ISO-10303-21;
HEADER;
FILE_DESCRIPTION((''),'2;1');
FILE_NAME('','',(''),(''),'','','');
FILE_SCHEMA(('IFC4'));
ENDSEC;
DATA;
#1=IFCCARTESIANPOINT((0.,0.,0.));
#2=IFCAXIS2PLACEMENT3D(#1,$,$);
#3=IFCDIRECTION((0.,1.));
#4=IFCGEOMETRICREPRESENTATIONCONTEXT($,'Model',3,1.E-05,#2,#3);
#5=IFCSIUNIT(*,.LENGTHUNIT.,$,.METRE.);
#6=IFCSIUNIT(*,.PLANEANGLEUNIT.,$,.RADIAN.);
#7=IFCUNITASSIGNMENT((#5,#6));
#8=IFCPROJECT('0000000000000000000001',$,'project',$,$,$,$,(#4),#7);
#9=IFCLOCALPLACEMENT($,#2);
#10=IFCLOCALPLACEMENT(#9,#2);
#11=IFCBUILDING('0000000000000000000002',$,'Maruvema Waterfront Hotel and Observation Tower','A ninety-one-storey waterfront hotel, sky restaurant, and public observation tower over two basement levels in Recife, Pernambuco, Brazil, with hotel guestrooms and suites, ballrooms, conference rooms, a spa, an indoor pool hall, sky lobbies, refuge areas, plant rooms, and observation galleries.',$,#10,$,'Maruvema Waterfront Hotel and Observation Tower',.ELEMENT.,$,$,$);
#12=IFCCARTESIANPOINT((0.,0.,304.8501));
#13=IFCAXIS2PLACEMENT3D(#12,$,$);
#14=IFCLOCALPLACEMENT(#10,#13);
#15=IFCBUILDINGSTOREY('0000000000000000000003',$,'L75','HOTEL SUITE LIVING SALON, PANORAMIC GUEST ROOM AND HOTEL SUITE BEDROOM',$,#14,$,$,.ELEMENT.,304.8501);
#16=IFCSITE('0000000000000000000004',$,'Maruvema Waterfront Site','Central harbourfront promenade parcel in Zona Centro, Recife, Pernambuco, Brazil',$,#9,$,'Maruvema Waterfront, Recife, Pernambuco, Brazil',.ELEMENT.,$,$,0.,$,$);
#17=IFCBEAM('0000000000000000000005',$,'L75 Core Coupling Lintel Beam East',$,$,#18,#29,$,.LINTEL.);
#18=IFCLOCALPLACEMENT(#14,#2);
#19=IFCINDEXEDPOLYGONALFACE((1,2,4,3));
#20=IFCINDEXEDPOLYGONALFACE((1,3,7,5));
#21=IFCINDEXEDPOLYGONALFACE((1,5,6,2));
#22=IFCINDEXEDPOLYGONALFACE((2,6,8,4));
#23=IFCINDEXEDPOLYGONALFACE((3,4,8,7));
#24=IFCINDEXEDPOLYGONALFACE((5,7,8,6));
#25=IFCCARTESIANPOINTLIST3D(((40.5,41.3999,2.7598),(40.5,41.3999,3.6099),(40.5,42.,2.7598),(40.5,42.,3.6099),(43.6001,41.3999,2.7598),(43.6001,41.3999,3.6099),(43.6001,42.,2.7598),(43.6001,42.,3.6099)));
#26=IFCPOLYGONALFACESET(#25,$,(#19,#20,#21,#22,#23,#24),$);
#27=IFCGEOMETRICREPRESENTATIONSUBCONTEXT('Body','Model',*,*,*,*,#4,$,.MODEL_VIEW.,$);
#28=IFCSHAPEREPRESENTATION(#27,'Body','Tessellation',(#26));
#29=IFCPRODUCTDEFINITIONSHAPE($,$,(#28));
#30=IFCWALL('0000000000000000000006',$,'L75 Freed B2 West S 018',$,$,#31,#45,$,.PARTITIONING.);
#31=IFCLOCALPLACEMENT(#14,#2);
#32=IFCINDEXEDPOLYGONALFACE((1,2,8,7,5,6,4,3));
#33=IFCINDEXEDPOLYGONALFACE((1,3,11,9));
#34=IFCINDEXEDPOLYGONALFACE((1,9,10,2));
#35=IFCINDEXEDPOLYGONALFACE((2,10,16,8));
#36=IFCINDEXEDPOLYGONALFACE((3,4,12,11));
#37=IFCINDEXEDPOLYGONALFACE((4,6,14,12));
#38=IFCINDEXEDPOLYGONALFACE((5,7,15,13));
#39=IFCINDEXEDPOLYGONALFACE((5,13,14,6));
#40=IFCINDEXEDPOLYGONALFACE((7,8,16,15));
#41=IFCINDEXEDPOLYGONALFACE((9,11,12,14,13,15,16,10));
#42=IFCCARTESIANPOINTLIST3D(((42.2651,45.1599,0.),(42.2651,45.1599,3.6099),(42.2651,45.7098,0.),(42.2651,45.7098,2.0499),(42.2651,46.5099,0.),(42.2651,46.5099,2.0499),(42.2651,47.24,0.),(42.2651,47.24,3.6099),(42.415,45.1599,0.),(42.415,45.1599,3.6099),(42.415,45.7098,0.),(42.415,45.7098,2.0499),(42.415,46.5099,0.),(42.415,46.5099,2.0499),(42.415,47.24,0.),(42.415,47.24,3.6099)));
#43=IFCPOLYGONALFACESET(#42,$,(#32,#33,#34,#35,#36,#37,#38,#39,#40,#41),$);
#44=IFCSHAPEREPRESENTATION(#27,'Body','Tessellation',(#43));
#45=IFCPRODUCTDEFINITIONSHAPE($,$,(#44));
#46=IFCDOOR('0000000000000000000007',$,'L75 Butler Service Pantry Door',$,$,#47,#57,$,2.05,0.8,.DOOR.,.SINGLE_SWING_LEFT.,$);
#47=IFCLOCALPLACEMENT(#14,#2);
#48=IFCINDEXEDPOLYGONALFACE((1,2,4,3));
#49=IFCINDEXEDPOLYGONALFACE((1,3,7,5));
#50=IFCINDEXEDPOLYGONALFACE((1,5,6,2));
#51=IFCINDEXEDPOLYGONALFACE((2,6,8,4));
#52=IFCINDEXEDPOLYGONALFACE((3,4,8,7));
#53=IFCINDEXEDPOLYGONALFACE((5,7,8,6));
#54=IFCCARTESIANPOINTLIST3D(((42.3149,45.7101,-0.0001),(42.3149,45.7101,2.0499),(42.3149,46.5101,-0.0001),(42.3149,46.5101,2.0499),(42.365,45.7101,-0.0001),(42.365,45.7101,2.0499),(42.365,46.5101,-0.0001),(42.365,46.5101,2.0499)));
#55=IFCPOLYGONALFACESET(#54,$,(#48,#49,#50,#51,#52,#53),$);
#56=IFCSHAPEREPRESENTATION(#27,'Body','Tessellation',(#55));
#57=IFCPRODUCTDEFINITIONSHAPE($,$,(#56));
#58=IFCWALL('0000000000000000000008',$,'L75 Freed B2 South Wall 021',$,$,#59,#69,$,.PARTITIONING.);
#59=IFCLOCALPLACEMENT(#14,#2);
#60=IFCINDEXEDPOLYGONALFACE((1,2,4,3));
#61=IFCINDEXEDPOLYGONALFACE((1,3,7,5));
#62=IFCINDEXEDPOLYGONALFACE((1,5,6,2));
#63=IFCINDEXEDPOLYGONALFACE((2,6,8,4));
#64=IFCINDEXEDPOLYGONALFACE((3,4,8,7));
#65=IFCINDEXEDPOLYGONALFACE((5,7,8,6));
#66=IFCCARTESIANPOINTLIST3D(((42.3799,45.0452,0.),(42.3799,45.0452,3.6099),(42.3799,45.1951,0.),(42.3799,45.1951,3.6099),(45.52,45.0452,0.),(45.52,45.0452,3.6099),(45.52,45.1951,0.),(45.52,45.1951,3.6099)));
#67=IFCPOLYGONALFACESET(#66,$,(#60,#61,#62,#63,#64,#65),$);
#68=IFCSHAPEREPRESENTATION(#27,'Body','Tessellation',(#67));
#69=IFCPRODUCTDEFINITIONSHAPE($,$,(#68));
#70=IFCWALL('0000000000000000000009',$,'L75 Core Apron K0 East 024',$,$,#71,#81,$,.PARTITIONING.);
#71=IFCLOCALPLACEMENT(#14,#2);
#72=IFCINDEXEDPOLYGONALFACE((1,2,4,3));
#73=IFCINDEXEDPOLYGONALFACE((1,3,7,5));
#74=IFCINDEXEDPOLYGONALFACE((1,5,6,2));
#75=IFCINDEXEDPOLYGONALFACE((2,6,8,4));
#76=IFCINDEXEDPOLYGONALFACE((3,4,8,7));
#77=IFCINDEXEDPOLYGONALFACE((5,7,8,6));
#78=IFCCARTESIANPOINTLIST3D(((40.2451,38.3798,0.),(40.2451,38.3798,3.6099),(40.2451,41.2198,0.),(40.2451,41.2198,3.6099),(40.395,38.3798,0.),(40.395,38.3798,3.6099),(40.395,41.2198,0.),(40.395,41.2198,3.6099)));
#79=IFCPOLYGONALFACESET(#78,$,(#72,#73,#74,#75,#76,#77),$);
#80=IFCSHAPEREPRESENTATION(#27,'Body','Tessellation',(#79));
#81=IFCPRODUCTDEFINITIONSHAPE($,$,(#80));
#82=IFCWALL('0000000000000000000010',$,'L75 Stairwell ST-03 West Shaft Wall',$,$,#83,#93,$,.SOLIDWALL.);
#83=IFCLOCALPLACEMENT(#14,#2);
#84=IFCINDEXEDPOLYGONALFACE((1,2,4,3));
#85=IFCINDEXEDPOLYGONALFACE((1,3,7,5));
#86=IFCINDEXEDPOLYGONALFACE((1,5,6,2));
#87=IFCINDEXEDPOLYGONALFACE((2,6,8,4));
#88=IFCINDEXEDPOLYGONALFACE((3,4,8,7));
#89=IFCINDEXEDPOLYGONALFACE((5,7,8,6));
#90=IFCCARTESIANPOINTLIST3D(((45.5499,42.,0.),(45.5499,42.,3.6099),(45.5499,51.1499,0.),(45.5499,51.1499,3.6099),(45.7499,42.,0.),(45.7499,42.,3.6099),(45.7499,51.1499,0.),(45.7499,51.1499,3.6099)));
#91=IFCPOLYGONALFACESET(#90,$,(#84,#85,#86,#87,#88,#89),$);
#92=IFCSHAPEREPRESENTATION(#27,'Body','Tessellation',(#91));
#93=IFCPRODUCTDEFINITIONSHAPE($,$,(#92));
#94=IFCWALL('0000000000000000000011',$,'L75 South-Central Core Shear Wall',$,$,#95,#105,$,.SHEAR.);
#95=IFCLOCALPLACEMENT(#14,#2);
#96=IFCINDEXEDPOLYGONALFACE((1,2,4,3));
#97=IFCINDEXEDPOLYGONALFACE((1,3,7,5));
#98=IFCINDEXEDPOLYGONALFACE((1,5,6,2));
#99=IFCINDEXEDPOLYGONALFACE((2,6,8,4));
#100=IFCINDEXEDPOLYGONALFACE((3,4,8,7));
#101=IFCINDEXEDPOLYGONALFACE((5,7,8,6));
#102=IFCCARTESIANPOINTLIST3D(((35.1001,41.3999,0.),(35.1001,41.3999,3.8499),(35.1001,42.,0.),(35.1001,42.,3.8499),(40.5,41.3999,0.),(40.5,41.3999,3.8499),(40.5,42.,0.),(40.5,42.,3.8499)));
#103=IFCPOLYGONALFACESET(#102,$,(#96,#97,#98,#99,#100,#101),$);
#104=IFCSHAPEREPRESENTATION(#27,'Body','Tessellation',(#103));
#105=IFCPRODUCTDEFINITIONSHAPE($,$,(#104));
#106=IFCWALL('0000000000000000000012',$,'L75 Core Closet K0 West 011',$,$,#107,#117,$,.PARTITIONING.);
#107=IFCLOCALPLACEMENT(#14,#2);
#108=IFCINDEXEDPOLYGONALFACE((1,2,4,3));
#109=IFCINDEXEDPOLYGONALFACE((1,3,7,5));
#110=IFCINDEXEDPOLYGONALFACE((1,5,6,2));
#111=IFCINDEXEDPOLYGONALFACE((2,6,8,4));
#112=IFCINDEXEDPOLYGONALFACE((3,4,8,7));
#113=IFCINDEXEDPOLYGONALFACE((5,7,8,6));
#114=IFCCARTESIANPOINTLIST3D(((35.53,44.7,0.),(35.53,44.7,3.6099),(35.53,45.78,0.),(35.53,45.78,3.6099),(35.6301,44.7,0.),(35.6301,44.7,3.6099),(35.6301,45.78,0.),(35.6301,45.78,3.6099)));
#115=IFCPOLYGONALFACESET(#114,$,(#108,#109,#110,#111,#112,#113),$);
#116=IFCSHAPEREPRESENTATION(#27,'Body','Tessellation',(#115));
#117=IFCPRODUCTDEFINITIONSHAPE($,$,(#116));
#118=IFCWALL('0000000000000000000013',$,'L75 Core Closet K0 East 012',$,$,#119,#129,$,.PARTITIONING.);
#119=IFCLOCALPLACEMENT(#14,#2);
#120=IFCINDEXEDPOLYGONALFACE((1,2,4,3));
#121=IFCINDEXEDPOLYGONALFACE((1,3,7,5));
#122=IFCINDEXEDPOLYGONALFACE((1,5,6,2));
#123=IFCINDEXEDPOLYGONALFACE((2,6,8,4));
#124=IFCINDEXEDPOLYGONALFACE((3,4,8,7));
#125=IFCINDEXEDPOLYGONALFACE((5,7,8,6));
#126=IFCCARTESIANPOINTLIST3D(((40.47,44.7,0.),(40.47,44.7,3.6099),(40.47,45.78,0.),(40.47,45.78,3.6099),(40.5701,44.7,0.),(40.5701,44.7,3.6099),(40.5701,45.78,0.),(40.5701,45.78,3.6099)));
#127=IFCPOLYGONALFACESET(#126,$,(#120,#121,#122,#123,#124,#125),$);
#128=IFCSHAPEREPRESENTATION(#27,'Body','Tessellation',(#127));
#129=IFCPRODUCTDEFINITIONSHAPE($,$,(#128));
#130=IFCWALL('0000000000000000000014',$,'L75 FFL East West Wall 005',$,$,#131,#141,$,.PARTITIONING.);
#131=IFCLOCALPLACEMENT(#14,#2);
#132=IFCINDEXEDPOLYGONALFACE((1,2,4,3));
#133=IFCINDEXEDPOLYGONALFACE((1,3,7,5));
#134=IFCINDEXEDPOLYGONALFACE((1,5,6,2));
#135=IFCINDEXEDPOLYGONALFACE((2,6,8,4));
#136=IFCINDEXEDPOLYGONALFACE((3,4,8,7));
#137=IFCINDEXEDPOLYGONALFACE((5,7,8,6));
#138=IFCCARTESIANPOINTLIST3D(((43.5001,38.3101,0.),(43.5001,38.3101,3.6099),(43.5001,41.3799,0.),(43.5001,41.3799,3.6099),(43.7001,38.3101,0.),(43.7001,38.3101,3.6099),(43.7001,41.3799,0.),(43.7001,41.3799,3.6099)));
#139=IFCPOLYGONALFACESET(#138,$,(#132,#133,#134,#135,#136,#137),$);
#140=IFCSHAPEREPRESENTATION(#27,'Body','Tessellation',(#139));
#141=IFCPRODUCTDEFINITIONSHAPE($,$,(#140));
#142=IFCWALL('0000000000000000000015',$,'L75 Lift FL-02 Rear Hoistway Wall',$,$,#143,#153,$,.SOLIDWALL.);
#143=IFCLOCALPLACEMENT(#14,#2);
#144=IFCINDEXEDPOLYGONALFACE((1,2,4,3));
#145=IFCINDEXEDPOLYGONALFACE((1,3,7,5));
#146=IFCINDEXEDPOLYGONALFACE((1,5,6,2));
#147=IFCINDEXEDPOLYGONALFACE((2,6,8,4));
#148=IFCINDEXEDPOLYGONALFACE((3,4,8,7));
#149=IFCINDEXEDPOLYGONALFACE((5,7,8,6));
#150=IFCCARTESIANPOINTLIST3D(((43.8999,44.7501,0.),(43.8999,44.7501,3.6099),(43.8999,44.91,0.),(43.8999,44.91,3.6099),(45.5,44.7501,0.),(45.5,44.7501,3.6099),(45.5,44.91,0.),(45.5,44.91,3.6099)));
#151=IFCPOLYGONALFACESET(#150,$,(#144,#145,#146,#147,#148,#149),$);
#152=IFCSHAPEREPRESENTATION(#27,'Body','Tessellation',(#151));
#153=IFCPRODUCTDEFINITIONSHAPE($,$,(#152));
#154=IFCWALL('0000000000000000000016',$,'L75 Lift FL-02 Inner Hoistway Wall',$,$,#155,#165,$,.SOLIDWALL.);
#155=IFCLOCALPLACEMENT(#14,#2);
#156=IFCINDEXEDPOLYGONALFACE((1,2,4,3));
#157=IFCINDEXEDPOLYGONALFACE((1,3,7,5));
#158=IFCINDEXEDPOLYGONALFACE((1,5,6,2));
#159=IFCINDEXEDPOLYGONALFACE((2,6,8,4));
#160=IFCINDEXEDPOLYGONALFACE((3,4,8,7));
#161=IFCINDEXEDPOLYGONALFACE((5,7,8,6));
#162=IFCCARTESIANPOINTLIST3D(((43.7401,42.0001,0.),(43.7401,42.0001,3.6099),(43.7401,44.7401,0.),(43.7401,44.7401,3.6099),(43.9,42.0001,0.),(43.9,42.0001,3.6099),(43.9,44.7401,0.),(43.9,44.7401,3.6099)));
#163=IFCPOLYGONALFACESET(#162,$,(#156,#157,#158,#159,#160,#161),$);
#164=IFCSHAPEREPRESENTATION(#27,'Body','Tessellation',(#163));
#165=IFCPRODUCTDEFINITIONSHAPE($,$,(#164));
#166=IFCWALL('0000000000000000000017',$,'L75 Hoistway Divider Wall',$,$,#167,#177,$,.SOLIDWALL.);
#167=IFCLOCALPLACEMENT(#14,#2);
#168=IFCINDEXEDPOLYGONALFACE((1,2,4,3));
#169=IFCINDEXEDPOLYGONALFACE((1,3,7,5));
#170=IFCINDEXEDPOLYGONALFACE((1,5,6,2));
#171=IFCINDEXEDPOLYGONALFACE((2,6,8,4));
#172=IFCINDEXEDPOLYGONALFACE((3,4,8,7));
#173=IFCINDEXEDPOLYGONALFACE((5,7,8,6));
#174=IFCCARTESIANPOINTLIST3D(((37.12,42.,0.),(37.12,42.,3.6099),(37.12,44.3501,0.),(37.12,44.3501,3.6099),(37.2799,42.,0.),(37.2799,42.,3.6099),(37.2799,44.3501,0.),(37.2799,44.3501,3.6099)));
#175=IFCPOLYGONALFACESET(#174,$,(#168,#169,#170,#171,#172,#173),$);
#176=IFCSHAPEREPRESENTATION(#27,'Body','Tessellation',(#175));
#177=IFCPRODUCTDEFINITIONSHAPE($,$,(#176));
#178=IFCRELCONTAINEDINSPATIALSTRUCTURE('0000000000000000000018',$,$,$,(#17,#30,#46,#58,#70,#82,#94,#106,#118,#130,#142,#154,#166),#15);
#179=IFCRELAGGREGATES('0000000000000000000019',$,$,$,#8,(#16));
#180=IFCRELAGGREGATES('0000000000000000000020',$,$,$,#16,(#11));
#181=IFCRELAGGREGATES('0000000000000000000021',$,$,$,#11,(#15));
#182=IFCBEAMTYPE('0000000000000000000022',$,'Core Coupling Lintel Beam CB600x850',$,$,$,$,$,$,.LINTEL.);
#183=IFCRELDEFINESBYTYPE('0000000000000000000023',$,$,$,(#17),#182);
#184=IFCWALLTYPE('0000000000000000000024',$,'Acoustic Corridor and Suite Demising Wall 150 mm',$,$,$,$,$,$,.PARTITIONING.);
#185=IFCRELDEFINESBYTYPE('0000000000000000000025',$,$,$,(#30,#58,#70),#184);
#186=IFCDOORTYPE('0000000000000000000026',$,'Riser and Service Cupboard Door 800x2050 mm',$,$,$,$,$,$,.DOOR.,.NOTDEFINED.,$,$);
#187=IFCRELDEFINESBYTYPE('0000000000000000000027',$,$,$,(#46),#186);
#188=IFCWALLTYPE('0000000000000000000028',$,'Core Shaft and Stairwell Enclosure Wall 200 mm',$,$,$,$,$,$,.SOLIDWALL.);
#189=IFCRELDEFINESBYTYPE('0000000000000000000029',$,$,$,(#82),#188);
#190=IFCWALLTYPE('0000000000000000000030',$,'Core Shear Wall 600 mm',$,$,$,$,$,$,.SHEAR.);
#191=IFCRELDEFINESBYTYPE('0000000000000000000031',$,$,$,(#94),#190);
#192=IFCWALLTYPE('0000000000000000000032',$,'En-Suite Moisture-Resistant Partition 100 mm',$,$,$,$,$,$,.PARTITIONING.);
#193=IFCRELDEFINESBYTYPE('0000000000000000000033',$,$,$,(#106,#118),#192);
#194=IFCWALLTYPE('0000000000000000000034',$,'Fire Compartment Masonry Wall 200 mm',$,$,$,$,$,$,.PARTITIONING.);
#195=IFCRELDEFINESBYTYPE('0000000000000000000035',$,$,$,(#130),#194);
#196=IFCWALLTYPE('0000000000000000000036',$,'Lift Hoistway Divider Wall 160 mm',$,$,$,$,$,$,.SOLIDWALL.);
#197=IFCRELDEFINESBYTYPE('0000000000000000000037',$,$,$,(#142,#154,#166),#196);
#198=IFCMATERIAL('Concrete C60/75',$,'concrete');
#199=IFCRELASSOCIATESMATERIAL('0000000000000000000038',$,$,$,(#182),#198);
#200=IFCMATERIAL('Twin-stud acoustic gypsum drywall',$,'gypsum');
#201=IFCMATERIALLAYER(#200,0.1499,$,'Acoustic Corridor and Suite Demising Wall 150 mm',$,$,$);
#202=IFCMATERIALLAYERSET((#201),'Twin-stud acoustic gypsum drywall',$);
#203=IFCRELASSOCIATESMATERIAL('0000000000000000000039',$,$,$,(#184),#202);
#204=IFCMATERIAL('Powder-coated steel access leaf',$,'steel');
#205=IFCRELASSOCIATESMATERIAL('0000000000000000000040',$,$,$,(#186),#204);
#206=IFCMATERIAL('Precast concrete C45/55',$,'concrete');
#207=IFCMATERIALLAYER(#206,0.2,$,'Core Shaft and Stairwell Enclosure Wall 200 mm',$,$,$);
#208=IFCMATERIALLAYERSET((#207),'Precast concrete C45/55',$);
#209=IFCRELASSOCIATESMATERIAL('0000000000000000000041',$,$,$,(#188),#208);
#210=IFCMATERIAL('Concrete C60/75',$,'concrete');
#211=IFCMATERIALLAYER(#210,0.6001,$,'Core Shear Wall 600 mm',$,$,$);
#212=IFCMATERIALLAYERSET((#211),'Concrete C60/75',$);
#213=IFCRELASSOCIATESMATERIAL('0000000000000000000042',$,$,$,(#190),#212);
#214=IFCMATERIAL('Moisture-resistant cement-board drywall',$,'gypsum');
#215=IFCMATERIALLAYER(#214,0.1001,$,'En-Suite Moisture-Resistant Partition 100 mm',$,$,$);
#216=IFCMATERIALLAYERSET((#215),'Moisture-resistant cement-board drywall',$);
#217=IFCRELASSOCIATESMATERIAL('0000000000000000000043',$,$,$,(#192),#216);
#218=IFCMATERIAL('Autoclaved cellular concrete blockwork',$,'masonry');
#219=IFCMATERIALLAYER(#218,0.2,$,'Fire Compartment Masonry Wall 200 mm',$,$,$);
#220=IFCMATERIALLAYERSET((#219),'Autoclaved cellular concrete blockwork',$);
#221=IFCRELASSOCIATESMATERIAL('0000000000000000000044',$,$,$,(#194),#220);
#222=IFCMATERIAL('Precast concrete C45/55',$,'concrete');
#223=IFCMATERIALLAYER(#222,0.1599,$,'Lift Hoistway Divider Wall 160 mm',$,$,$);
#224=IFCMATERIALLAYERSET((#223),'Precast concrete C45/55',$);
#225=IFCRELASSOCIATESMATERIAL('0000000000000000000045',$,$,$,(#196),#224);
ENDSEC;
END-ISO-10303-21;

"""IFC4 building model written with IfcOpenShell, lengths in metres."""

from ifc_helpers import new_model, si_unit, direction, frame, frame_2d, origin, origin_2d, place, context, subcontext, project, spatial, rectangle, extrude, material, layer, layer_set, material_profile, profile_set, type_object, element, fill, save


model = new_model("IFC4")

# Units and contexts
model_context = context("Model", 3, precision=1e-05, world=origin(), true_north=direction((0.0, 1.0)))
body_context = subcontext(model_context, "Body", "Model", "MODEL_VIEW")
ifc_project = project(units=[si_unit("LENGTHUNIT", "METRE"), si_unit("PLANEANGLEUNIT", "RADIAN")], contexts=[model_context])

# Site, building, storey
site_placement = place(None, origin())
site = spatial("IfcSite", under=ifc_project, at=site_placement, Name="Maruvema Waterfront Site", Description="Central harbourfront promenade parcel in Zona Centro, Recife, Pernambuco, Brazil", LongName="Maruvema Waterfront, Recife, Pernambuco, Brazil", CompositionType="ELEMENT", RefElevation=0.0)
building_placement = place(site_placement, origin())
building = spatial("IfcBuilding", under=site, at=building_placement, Name="Maruvema Waterfront Hotel and Observation Tower", Description="A ninety-one-storey waterfront hotel, sky restaurant, and public observation tower over two basement levels in Recife, Pernambuco, Brazil, with hotel guestrooms and suites, ballrooms, conference rooms, a spa, an indoor pool hall, sky lobbies, refuge areas, plant rooms, and observation galleries.", LongName="Maruvema Waterfront Hotel and Observation Tower", CompositionType="ELEMENT")
storey_placement = place(building_placement, frame((0.0, 0.0, 304.8501)))
storey = spatial("IfcBuildingStorey", under=building, at=storey_placement, Name="L75", Description="HOTEL SUITE LIVING SALON, PANORAMIC GUEST ROOM AND HOTEL SUITE BEDROOM", CompositionType="ELEMENT", Elevation=304.8501)

# Beam
ifc_material_1 = material(Name="Concrete C60/75", Category="concrete")
ifc_material_profile = material_profile(ifc_material_1, rectangle(XDim=0.6001, YDim=0.8501, at=origin_2d()), Name="CB600x850")
ifc_profile_set = profile_set([ifc_material_profile], Name="Concrete C60/75")
beam_type = type_object("IfcBeamType", Name="Core Coupling Lintel Beam CB600x850", PredefinedType="LINTEL", material=ifc_profile_set)
beam_placement = place(storey_placement, frame((40.5, 41.7, 3.1848), z_axis=(1.0, 0.0, 0.0), x_axis=(0.0, 1.0, 0.0)))
element("IfcBeam", 1, at=beam_placement, inside=storey, type_object=beam_type, Name="L75 Core Coupling Lintel Beam East", PredefinedType="LINTEL", context=body_context, shape_type="SweptSolid", body=[
    extrude(rectangle(XDim=0.6001, YDim=0.8501, at=origin_2d()), origin(), (0.0, 0.0, 1.0), 3.1001),
])

# Wall, opening, door
ifc_material_2 = material(Name="Twin-stud acoustic gypsum drywall", Category="gypsum")
ifc_layer_1 = layer(ifc_material_2, 0.1499, Name="Acoustic Corridor and Suite Demising Wall 150 mm")
ifc_layer_set_1 = layer_set([ifc_layer_1], Name="Twin-stud acoustic gypsum drywall")
wall_type_1 = type_object("IfcWallType", Name="Acoustic Corridor and Suite Demising Wall 150 mm", PredefinedType="PARTITIONING", material=ifc_layer_set_1)
wall_1_placement = place(storey_placement, frame((42.3401, 45.1599, 0.0), z_axis=(0.0, 0.0, 1.0), x_axis=(0.0, 1.0, 0.0)))
wall_1 = element("IfcWall", 2, at=wall_1_placement, inside=storey, type_object=wall_type_1, Name="L75 Freed B2 West S 018", PredefinedType="PARTITIONING", context=body_context, shape_type="SweptSolid", body=[
    extrude(rectangle(XDim=2.0801, YDim=0.1499, at=frame_2d((1.04, 0.0))), origin(), (0.0, 0.0, 1.0), 3.6099),
])
opening_1_placement = place(wall_1_placement, frame((0.55, 0.0, 0.0)))
opening_1 = element("IfcOpeningElement", 3, at=opening_1_placement, cuts=wall_1, PredefinedType="OPENING", context=body_context, shape_type="SweptSolid", body=[
    extrude(rectangle(XDim=0.8, YDim=2.05, at=frame_2d((0.3999, 1.0249))), frame((0.0, 0.085, 0.0), z_axis=(0.0, -1.0, 0.0), x_axis=(1.0, 0.0, 0.0)), (0.0, 0.0, 1.0), 0.1699),
])
ifc_material_3 = material(Name="Powder-coated steel access leaf", Category="steel")
door_type_1 = type_object("IfcDoorType", Name="Riser and Service Cupboard Door 800x2050 mm", OperationType="NOTDEFINED", PredefinedType="DOOR", material=ifc_material_3)
door_1_placement = place(opening_1_placement, frame((0.8, 0.0, 0.0), z_axis=(0.0, 0.0, 1.0), x_axis=(-1.0, 0.0, 0.0)))
door_1 = element("IfcDoor", 4, at=door_1_placement, inside=storey, type_object=door_type_1, Name="L75 Butler Service Pantry Door", OperationType="SINGLE_SWING_LEFT", OverallHeight=2.05, OverallWidth=0.8, PredefinedType="DOOR", context=body_context, shape_type="SweptSolid", body=[
    extrude(rectangle(XDim=0.8, YDim=2.05, at=frame_2d((0.3999, 1.0249))), frame((0.0, 0.0249, 0.0), z_axis=(0.0, -1.0, 0.0), x_axis=(1.0, 0.0, 0.0)), (0.0, 0.0, 1.0), 0.05),
])
fill(opening_1, door_1)

# Walls
wall_2_placement = place(storey_placement, frame((42.3799, 45.1201, 0.0), z_axis=(0.0, 0.0, 1.0), x_axis=(1.0, 0.0, 0.0)))
element("IfcWall", 5, at=wall_2_placement, inside=storey, type_object=wall_type_1, Name="L75 Freed B2 South Wall 021", PredefinedType="PARTITIONING", context=body_context, shape_type="SweptSolid", body=[
    extrude(rectangle(XDim=3.1401, YDim=0.1499, at=frame_2d((1.5701, 0.0))), origin(), (0.0, 0.0, 1.0), 3.6099),
])
wall_3_placement = place(storey_placement, frame((40.3201, 38.3799, 0.0), z_axis=(0.0, 0.0, 1.0), x_axis=(0.0, 1.0, 0.0)))
element("IfcWall", 6, at=wall_3_placement, inside=storey, type_object=wall_type_1, Name="L75 Core Apron K0 East 024", PredefinedType="PARTITIONING", context=body_context, shape_type="SweptSolid", body=[
    extrude(rectangle(XDim=2.8401, YDim=0.1499, at=frame_2d((1.4199, 0.0))), origin(), (0.0, 0.0, 1.0), 3.6099),
])
ifc_material_4 = material(Name="Precast concrete C45/55", Category="concrete")
ifc_layer_2 = layer(ifc_material_4, 0.2, Name="Core Shaft and Stairwell Enclosure Wall 200 mm")
ifc_layer_set_2 = layer_set([ifc_layer_2], Name="Precast concrete C45/55")
wall_type_2 = type_object("IfcWallType", Name="Core Shaft and Stairwell Enclosure Wall 200 mm", PredefinedType="SOLIDWALL", material=ifc_layer_set_2)
wall_4_placement = place(storey_placement, frame((45.6499, 42.0, 0.0), z_axis=(0.0, 0.0, 1.0), x_axis=(0.0, 1.0, 0.0)))
element("IfcWall", 7, at=wall_4_placement, inside=storey, type_object=wall_type_2, Name="L75 Stairwell ST-03 West Shaft Wall", PredefinedType="SOLIDWALL", context=body_context, shape_type="SweptSolid", body=[
    extrude(rectangle(XDim=9.1499, YDim=0.2, at=frame_2d((4.575, 0.0))), origin(), (0.0, 0.0, 1.0), 3.6099),
])

# Wall
ifc_material_5 = material(Name="Concrete C60/75", Category="concrete")
ifc_layer_3 = layer(ifc_material_5, 0.6001, Name="Core Shear Wall 600 mm")
ifc_layer_set_3 = layer_set([ifc_layer_3], Name="Concrete C60/75")
wall_type_3 = type_object("IfcWallType", Name="Core Shear Wall 600 mm", PredefinedType="SHEAR", material=ifc_layer_set_3)
wall_5_placement = place(storey_placement, frame((35.1001, 41.7, 0.0), z_axis=(0.0, 0.0, 1.0), x_axis=(1.0, 0.0, 0.0)))
element("IfcWall", 8, at=wall_5_placement, inside=storey, type_object=wall_type_3, Name="L75 South-Central Core Shear Wall", PredefinedType="SHEAR", context=body_context, shape_type="SweptSolid", body=[
    extrude(rectangle(XDim=5.3999, YDim=0.6001, at=frame_2d((2.7, 0.0))), origin(), (0.0, 0.0, 1.0), 3.8499),
])

# Walls
ifc_material_6 = material(Name="Moisture-resistant cement-board drywall", Category="gypsum")
ifc_layer_4 = layer(ifc_material_6, 0.1001, Name="En-Suite Moisture-Resistant Partition 100 mm")
ifc_layer_set_4 = layer_set([ifc_layer_4], Name="Moisture-resistant cement-board drywall")
wall_type_4 = type_object("IfcWallType", Name="En-Suite Moisture-Resistant Partition 100 mm", PredefinedType="PARTITIONING", material=ifc_layer_set_4)
for number, where, z_axis, x_axis, name in (
    (9, (35.5801, 44.7, 0.0), (0.0, 0.0, 1.0), (0.0, 1.0, 0.0), "L75 Core Closet K0 West 011"),
    (10, (40.52, 44.7, 0.0), (0.0, 0.0, 1.0), (0.0, 1.0, 0.0), "L75 Core Closet K0 East 012"),
):
    element("IfcWall", number, at=place(storey_placement, frame(where, z_axis=z_axis, x_axis=x_axis)), inside=storey, type_object=wall_type_4, Name=name, PredefinedType="PARTITIONING", context=body_context, shape_type="SweptSolid", body=[
        extrude(rectangle(XDim=1.0801, YDim=0.1001, at=frame_2d((0.54, 0.0))), origin(), (0.0, 0.0, 1.0), 3.6099),
    ])

# Shared definitions
ifc_material_7 = material(Name="Autoclaved cellular concrete blockwork", Category="masonry")
ifc_layer_5 = layer(ifc_material_7, 0.2, Name="Fire Compartment Masonry Wall 200 mm")
ifc_layer_set_5 = layer_set([ifc_layer_5], Name="Autoclaved cellular concrete blockwork")
wall_type_5 = type_object("IfcWallType", Name="Fire Compartment Masonry Wall 200 mm", PredefinedType="PARTITIONING", material=ifc_layer_set_5)

# Walls
wall_6_placement = place(storey_placement, frame((43.6001, 38.3101, 0.0), z_axis=(0.0, 0.0, 1.0), x_axis=(0.0, 1.0, 0.0)))
element("IfcWall", 11, at=wall_6_placement, inside=storey, type_object=wall_type_5, Name="L75 FFL East West Wall 005", PredefinedType="PARTITIONING", context=body_context, shape_type="SweptSolid", body=[
    extrude(rectangle(XDim=3.0698, YDim=0.2, at=frame_2d((1.5349, 0.0))), origin(), (0.0, 0.0, 1.0), 3.6099),
])
ifc_material_8 = material(Name="Precast concrete C45/55", Category="concrete")
ifc_layer_6 = layer(ifc_material_8, 0.1599, Name="Lift Hoistway Divider Wall 160 mm")
ifc_layer_set_6 = layer_set([ifc_layer_6], Name="Precast concrete C45/55")
wall_type_6 = type_object("IfcWallType", Name="Lift Hoistway Divider Wall 160 mm", PredefinedType="SOLIDWALL", material=ifc_layer_set_6)
wall_7_placement = place(storey_placement, frame((43.8999, 44.8301, 0.0), z_axis=(0.0, 0.0, 1.0), x_axis=(1.0, 0.0, 0.0)))
element("IfcWall", 12, at=wall_7_placement, inside=storey, type_object=wall_type_6, Name="L75 Lift FL-02 Rear Hoistway Wall", PredefinedType="SOLIDWALL", context=body_context, shape_type="SweptSolid", body=[
    extrude(rectangle(XDim=1.6001, YDim=0.1599, at=frame_2d((0.8, 0.0))), origin(), (0.0, 0.0, 1.0), 3.6099),
])
wall_8_placement = place(storey_placement, frame((43.8201, 42.0, 0.0), z_axis=(0.0, 0.0, 1.0), x_axis=(0.0, 1.0, 0.0)))
element("IfcWall", 13, at=wall_8_placement, inside=storey, type_object=wall_type_6, Name="L75 Lift FL-02 Inner Hoistway Wall", PredefinedType="SOLIDWALL", context=body_context, shape_type="SweptSolid", body=[
    extrude(rectangle(XDim=2.74, YDim=0.1599, at=frame_2d((1.3701, 0.0))), origin(), (0.0, 0.0, 1.0), 3.6099),
])
for number, where, z_axis, x_axis, name in (
    (14, (37.2, 42.0, 0.0), (0.0, 0.0, 1.0), (0.0, 1.0, 0.0), "L75 Hoistway Divider Wall"),
):
    element("IfcWall", number, at=place(storey_placement, frame(where, z_axis=z_axis, x_axis=x_axis)), inside=storey, type_object=wall_type_6, Name=name, PredefinedType="SOLIDWALL", context=body_context, shape_type="SweptSolid", body=[
        extrude(rectangle(XDim=2.3501, YDim=0.1599, at=frame_2d((1.175, 0.0))), origin(), (0.0, 0.0, 1.0), 3.6099),
    ])

save(model, "model.ifc")
